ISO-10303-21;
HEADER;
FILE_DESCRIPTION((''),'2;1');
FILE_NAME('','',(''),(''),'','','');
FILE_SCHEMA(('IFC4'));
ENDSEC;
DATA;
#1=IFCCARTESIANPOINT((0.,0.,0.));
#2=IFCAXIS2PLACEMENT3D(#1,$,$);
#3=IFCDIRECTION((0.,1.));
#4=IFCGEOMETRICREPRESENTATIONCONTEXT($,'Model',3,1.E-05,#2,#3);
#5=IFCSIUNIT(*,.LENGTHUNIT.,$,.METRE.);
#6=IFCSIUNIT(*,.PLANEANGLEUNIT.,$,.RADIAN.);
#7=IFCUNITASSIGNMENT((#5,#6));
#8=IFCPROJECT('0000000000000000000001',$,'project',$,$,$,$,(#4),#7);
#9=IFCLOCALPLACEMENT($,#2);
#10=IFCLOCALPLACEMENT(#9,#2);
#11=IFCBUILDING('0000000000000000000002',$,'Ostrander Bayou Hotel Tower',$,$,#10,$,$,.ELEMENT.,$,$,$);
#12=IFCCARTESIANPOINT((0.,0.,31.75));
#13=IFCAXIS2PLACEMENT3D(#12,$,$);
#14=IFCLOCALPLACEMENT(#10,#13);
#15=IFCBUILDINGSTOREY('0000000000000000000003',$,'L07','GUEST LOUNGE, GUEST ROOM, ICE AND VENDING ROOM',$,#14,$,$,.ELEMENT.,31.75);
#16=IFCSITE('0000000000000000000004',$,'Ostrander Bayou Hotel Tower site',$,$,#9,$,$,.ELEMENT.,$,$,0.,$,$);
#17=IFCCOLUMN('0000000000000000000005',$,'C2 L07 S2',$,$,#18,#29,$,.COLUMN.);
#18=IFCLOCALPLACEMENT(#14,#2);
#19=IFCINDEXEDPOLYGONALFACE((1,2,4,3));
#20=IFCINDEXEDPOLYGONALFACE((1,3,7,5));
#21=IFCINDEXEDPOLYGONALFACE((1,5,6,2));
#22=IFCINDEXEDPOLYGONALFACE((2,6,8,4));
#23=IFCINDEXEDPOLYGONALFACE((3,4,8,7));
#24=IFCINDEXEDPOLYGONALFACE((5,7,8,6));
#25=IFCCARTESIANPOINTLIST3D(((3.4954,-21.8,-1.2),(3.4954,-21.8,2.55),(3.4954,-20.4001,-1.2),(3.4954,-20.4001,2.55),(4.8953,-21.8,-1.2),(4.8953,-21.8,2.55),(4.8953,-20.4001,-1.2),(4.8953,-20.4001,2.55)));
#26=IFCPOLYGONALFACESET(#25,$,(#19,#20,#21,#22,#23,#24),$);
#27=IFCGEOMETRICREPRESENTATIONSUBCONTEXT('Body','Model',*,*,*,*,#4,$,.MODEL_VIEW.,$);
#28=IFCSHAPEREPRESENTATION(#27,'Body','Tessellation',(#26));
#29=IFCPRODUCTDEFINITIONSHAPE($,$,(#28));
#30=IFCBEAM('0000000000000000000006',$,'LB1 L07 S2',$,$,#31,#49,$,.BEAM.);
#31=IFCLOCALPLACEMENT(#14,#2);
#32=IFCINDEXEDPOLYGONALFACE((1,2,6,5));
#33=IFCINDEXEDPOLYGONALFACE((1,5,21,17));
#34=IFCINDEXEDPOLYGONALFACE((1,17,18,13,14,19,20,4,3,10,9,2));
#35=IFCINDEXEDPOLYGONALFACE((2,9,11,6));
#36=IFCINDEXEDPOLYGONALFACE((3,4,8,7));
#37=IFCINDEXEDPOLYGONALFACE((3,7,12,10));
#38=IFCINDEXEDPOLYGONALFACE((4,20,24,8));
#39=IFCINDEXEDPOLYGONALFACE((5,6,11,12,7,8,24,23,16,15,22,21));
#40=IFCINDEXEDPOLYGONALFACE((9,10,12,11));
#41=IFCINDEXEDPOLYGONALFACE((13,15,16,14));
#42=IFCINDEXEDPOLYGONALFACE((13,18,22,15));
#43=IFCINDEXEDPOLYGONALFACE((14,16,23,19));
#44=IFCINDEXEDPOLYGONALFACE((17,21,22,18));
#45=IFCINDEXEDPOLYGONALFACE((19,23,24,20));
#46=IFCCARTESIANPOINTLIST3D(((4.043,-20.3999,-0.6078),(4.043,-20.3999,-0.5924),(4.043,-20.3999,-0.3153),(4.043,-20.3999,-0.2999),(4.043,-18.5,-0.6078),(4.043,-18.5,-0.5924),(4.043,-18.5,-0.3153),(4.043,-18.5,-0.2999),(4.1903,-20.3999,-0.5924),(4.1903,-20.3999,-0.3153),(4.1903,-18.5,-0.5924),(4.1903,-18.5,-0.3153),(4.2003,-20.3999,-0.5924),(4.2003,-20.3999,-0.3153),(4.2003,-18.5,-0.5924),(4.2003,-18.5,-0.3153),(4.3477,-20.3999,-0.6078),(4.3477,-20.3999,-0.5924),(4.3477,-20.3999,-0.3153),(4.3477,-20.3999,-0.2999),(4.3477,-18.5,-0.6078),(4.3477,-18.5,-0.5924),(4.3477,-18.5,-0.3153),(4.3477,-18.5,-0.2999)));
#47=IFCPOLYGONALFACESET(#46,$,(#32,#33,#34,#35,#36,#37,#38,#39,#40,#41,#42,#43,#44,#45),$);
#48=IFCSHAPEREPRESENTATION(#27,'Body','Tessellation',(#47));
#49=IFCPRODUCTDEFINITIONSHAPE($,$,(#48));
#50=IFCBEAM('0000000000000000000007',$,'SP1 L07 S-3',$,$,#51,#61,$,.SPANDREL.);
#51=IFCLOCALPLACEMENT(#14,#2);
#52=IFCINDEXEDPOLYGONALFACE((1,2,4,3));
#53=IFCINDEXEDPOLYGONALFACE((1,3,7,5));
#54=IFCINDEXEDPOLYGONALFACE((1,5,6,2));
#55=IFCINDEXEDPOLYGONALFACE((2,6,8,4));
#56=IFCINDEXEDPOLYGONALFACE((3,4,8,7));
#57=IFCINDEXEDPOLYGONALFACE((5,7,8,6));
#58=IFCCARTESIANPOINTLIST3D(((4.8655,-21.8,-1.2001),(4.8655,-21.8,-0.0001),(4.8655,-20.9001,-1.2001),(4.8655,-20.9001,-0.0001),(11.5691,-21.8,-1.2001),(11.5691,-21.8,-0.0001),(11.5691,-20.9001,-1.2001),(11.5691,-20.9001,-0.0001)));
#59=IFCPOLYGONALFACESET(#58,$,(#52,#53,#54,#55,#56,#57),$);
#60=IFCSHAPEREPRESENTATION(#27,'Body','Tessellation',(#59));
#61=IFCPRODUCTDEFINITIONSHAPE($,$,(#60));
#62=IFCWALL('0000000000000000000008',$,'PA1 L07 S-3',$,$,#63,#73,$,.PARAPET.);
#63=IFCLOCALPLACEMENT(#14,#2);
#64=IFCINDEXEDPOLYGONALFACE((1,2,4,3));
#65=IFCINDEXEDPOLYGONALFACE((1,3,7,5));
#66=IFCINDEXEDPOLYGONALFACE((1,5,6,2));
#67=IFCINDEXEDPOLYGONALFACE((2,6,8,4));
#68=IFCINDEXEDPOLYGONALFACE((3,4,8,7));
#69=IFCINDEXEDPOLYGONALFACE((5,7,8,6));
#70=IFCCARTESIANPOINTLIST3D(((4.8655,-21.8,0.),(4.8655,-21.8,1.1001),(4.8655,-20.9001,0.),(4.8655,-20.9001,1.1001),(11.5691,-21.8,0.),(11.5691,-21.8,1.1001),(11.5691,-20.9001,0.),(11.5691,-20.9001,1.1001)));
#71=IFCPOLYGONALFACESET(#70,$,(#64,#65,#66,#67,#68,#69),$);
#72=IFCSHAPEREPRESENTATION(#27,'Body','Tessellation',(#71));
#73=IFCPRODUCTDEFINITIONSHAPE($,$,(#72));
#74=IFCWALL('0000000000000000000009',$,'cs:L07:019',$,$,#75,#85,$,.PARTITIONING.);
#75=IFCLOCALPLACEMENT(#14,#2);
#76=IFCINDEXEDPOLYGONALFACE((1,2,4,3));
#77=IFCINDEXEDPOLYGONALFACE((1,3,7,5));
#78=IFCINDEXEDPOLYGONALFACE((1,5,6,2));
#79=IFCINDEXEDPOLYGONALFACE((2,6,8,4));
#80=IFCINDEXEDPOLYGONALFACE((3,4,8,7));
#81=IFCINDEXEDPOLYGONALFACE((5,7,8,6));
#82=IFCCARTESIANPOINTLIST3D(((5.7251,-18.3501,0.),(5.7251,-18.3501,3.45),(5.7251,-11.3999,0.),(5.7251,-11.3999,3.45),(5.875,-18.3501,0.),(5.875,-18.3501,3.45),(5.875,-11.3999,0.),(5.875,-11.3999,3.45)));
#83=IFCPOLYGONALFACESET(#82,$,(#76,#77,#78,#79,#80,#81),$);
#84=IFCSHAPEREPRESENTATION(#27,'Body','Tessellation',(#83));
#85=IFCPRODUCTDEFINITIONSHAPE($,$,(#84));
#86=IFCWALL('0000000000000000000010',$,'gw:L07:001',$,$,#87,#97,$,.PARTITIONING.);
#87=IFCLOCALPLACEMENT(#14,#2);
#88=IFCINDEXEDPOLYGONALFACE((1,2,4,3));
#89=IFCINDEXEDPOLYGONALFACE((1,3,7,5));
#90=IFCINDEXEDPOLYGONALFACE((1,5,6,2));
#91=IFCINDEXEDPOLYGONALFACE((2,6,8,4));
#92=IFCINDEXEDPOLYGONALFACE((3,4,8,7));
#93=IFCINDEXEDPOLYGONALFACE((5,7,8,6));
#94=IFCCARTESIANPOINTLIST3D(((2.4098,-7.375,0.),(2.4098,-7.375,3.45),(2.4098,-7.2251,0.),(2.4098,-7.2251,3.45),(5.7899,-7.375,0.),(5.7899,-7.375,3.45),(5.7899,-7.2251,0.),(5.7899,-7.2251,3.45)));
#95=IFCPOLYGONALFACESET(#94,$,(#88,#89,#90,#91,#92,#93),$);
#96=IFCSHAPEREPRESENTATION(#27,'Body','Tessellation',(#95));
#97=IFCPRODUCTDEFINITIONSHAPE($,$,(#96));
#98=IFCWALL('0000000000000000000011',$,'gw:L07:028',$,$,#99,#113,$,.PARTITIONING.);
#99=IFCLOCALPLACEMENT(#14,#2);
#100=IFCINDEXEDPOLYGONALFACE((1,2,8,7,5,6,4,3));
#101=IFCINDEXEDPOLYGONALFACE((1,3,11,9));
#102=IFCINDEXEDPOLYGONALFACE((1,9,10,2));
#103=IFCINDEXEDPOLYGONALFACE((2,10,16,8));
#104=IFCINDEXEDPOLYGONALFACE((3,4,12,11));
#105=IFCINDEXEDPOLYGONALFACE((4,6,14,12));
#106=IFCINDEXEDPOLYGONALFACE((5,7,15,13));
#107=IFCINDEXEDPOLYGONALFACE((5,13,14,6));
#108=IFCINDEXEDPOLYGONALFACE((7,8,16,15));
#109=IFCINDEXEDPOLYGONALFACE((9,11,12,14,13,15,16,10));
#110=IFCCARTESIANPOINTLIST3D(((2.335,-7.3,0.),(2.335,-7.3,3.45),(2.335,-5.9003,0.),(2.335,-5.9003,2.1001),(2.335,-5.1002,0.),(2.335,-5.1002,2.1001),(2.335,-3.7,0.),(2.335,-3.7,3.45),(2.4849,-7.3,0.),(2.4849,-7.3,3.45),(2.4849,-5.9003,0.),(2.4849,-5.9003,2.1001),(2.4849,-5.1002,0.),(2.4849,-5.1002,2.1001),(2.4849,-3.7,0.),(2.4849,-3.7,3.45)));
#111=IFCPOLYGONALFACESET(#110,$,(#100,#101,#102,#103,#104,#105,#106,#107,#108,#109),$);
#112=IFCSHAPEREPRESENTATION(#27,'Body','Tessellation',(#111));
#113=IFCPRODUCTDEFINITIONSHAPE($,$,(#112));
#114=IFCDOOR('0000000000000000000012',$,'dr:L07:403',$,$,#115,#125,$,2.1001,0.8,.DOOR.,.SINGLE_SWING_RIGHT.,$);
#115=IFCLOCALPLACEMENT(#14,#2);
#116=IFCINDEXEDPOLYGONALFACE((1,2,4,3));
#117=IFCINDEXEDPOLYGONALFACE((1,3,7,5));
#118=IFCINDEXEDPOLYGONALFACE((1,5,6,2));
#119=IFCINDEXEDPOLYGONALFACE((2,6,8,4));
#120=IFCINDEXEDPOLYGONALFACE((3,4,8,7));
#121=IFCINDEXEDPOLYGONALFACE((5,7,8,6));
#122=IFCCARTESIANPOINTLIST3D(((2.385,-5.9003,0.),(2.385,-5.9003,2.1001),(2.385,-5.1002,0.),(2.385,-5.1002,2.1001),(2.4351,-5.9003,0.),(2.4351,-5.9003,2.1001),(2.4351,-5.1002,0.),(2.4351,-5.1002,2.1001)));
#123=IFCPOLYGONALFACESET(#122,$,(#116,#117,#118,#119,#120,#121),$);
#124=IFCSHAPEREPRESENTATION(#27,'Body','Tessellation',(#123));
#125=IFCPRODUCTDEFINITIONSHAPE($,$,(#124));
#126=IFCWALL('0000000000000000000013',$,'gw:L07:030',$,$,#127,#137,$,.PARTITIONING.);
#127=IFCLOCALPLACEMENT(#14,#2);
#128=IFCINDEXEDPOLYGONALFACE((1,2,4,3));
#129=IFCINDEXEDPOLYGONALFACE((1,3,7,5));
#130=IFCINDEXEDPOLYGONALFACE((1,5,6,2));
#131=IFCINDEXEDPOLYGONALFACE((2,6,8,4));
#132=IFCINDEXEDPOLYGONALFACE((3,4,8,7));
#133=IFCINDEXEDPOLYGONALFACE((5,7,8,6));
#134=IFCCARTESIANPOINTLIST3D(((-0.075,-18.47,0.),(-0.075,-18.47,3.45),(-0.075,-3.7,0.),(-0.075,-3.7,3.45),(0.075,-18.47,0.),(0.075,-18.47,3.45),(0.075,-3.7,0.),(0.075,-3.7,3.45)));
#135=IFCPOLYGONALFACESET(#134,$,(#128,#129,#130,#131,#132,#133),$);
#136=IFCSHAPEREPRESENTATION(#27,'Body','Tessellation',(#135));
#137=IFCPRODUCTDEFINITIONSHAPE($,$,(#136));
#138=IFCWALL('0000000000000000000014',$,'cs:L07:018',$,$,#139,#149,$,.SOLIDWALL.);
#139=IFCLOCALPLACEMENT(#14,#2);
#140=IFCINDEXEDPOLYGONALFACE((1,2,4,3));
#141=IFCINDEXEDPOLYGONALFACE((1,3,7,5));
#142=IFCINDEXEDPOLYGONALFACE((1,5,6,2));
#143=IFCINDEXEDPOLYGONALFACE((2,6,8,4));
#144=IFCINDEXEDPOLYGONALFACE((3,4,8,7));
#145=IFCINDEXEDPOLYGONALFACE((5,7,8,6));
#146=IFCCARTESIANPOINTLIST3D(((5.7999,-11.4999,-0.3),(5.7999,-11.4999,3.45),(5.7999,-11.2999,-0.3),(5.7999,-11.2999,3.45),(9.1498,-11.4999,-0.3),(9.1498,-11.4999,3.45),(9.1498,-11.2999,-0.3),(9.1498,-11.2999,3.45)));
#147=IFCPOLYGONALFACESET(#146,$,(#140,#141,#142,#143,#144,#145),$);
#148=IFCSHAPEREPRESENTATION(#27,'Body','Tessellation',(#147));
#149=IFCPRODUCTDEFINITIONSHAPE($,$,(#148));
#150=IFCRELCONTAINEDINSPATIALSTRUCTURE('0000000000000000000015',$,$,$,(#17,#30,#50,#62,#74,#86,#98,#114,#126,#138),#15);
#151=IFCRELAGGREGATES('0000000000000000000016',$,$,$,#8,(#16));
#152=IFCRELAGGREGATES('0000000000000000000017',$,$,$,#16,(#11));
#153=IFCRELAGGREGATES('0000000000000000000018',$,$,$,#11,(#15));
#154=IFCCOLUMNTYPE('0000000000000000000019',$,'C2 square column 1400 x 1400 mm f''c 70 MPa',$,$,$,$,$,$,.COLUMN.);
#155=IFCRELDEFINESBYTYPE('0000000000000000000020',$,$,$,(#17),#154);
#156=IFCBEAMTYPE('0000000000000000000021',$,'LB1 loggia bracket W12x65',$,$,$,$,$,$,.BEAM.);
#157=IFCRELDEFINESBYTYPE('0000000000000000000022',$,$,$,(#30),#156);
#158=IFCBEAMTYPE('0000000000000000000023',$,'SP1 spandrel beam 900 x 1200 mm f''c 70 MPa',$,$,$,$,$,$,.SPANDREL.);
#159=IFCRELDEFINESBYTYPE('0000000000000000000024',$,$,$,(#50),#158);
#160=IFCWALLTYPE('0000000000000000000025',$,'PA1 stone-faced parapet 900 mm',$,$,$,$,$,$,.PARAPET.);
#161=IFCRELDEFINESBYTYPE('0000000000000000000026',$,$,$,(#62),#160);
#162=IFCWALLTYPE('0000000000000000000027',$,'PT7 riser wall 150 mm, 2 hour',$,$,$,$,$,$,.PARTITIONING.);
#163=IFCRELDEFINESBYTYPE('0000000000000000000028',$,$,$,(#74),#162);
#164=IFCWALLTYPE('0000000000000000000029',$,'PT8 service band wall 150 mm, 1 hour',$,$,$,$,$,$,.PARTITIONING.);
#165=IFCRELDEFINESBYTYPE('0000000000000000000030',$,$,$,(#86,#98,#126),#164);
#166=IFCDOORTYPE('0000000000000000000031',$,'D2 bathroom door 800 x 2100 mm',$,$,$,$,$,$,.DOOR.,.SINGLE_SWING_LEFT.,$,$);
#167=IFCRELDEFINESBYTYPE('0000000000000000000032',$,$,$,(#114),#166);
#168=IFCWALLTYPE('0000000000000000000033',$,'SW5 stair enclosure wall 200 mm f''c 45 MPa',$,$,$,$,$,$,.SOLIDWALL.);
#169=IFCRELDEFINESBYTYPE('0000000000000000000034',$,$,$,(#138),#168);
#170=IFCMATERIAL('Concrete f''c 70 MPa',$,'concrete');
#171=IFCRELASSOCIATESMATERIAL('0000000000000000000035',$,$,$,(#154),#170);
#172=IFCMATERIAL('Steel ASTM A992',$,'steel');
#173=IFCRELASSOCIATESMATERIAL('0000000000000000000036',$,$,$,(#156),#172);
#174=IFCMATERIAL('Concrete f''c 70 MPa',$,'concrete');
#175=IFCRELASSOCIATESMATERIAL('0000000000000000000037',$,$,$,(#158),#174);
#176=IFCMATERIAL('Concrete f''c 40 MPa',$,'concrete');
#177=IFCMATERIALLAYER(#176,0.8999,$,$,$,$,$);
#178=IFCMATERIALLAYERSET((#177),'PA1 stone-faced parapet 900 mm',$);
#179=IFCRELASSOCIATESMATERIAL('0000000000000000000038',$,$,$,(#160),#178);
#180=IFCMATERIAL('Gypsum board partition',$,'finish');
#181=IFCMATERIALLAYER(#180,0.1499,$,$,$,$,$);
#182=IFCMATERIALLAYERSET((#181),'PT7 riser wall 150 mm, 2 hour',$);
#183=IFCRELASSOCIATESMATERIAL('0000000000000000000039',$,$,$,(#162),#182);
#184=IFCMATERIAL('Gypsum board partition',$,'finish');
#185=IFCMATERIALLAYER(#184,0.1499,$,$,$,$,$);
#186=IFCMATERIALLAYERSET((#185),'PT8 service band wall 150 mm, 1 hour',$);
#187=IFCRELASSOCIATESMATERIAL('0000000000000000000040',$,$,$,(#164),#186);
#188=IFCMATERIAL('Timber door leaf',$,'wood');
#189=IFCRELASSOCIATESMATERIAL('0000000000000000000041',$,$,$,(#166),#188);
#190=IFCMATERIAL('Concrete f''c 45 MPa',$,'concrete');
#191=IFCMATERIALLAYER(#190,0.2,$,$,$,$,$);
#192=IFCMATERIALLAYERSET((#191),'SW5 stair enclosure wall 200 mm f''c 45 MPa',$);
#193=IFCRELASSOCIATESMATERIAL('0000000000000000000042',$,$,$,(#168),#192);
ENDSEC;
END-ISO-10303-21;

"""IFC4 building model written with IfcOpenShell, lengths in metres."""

from ifc_helpers import new_model, si_unit, direction, frame, frame_2d, origin, origin_2d, place, context, subcontext, project, spatial, rectangle, i_section, extrude, material, layer, layer_set, material_profile, profile_set, type_object, element, fill, save


model = new_model("IFC4")

# Units and contexts
model_context = context("Model", 3, precision=1e-05, world=origin(), true_north=direction((0.0, 1.0)))
body_context = subcontext(model_context, "Body", "Model", "MODEL_VIEW")
ifc_project = project(units=[si_unit("LENGTHUNIT", "METRE"), si_unit("PLANEANGLEUNIT", "RADIAN")], contexts=[model_context])

# Site, building, storey
site_placement = place(None, origin())
site = spatial("IfcSite", under=ifc_project, at=site_placement, Name="Ostrander Bayou Hotel Tower site", CompositionType="ELEMENT", RefElevation=0.0)
building_placement = place(site_placement, origin())
building = spatial("IfcBuilding", under=site, at=building_placement, Name="Ostrander Bayou Hotel Tower", CompositionType="ELEMENT")
storey_placement = place(building_placement, frame((0.0, 0.0, 31.75)))
storey = spatial("IfcBuildingStorey", under=building, at=storey_placement, Name="L07", Description="GUEST LOUNGE, GUEST ROOM, ICE AND VENDING ROOM", CompositionType="ELEMENT", Elevation=31.75)

# Column
ifc_material_1 = material(Name="Concrete f'c 70 MPa", Category="concrete")
ifc_material_profile_1 = material_profile(ifc_material_1, rectangle(XDim=1.3999, YDim=1.3999, at=origin_2d()))
ifc_profile_set_1 = profile_set([ifc_material_profile_1], Name="Concrete f'c 70 MPa")
column_type = type_object("IfcColumnType", Name="C2 square column 1400 x 1400 mm f'c 70 MPa", PredefinedType="COLUMN", material=ifc_profile_set_1)
column_placement = place(storey_placement, frame((4.1953, -21.1001, -1.2), z_axis=(0.0, 0.0, 1.0), x_axis=(-1.0, 0.0, 0.0)))
element("IfcColumn", 1, at=column_placement, inside=storey, type_object=column_type, Name="C2 L07 S2", PredefinedType="COLUMN", context=body_context, shape_type="SweptSolid", body=[
    extrude(rectangle(XDim=1.3999, YDim=1.3999, at=origin_2d()), origin(), (0.0, 0.0, 1.0), 3.75),
])

# Beams
ifc_material_2 = material(Name="Steel ASTM A992", Category="steel")
ifc_material_profile_2 = material_profile(ifc_material_2, i_section(OverallWidth=0.3047, OverallDepth=0.3079, WebThickness=0.01, FlangeThickness=0.0154, at=origin_2d()))
ifc_profile_set_2 = profile_set([ifc_material_profile_2], Name="Steel ASTM A992")
beam_type_1 = type_object("IfcBeamType", Name="LB1 loggia bracket W12x65", PredefinedType="BEAM", material=ifc_profile_set_2)
beam_1_placement = place(storey_placement, frame((4.1953, -20.3999, -0.4539), z_axis=(0.0, 1.0, 0.0), x_axis=(-1.0, 0.0, 0.0)))
element("IfcBeam", 2, at=beam_1_placement, inside=storey, type_object=beam_type_1, Name="LB1 L07 S2", PredefinedType="BEAM", context=body_context, shape_type="SweptSolid", body=[
    extrude(i_section(OverallWidth=0.3047, OverallDepth=0.3079, WebThickness=0.01, FlangeThickness=0.0154, at=origin_2d()), origin(), (0.0, 0.0, 1.0), 1.8999),
])
ifc_material_3 = material(Name="Concrete f'c 70 MPa", Category="concrete")
ifc_material_profile_3 = material_profile(ifc_material_3, rectangle(XDim=0.8999, YDim=1.2, at=origin_2d()))
ifc_profile_set_3 = profile_set([ifc_material_profile_3], Name="Concrete f'c 70 MPa")
beam_type_2 = type_object("IfcBeamType", Name="SP1 spandrel beam 900 x 1200 mm f'c 70 MPa", PredefinedType="SPANDREL", material=ifc_profile_set_3)
beam_2_placement = place(storey_placement, frame((4.8655, -21.3501, -0.6001), z_axis=(1.0, 0.0, 0.0), x_axis=(0.0, 1.0, 0.0)))
element("IfcBeam", 3, at=beam_2_placement, inside=storey, type_object=beam_type_2, Name="SP1 L07 S-3", PredefinedType="SPANDREL", context=body_context, shape_type="SweptSolid", body=[
    extrude(rectangle(XDim=0.8999, YDim=1.2, at=origin_2d()), origin(), (0.0, 0.0, 1.0), 6.7036),
])

# Walls
ifc_material_4 = material(Name="Concrete f'c 40 MPa", Category="concrete")
ifc_layer_1 = layer(ifc_material_4, 0.8999)
ifc_layer_set_1 = layer_set([ifc_layer_1], Name="PA1 stone-faced parapet 900 mm")
wall_type_1 = type_object("IfcWallType", Name="PA1 stone-faced parapet 900 mm", PredefinedType="PARAPET", material=ifc_layer_set_1)
wall_1_placement = place(storey_placement, frame((4.8655, -21.3501, 0.0), z_axis=(0.0, 0.0, 1.0), x_axis=(1.0, 0.0, 0.0)))
element("IfcWall", 4, at=wall_1_placement, inside=storey, type_object=wall_type_1, Name="PA1 L07 S-3", PredefinedType="PARAPET", context=body_context, shape_type="SweptSolid", body=[
    extrude(rectangle(XDim=6.7036, YDim=0.8999, at=frame_2d((3.3518, 0.0))), origin(), (0.0, 0.0, 1.0), 1.1001),
])
ifc_material_5 = material(Name="Gypsum board partition", Category="finish")
ifc_layer_2 = layer(ifc_material_5, 0.1499)
ifc_layer_set_2 = layer_set([ifc_layer_2], Name="PT7 riser wall 150 mm, 2 hour")
wall_type_2 = type_object("IfcWallType", Name="PT7 riser wall 150 mm, 2 hour", PredefinedType="PARTITIONING", material=ifc_layer_set_2)
wall_2_placement = place(storey_placement, frame((5.8, -11.3999, 0.0), z_axis=(0.0, 0.0, 1.0), x_axis=(0.0, -1.0, 0.0)))
element("IfcWall", 5, at=wall_2_placement, inside=storey, type_object=wall_type_2, Name="cs:L07:019", PredefinedType="PARTITIONING", context=body_context, shape_type="SweptSolid", body=[
    extrude(rectangle(XDim=6.9502, YDim=0.1499, at=frame_2d((3.4751, 0.0))), origin(), (0.0, 0.0, 1.0), 3.45),
])
ifc_material_6 = material(Name="Gypsum board partition", Category="finish")
ifc_layer_3 = layer(ifc_material_6, 0.1499)
ifc_layer_set_3 = layer_set([ifc_layer_3], Name="PT8 service band wall 150 mm, 1 hour")
wall_type_3 = type_object("IfcWallType", Name="PT8 service band wall 150 mm, 1 hour", PredefinedType="PARTITIONING", material=ifc_layer_set_3)
wall_3_placement = place(storey_placement, frame((2.4099, -7.3, 0.0), z_axis=(0.0, 0.0, 1.0), x_axis=(1.0, 0.0, 0.0)))
element("IfcWall", 6, at=wall_3_placement, inside=storey, type_object=wall_type_3, Name="gw:L07:001", PredefinedType="PARTITIONING", context=body_context, shape_type="SweptSolid", body=[
    extrude(rectangle(XDim=3.3801, YDim=0.1499, at=frame_2d((1.6899, 0.0))), origin(), (0.0, 0.0, 1.0), 3.45),
])

# Wall, opening, door
wall_4_placement = place(storey_placement, frame((2.4099, -7.3, 0.0), z_axis=(0.0, 0.0, 1.0), x_axis=(0.0, 1.0, 0.0)))
wall_4 = element("IfcWall", 7, at=wall_4_placement, inside=storey, type_object=wall_type_3, Name="gw:L07:028", PredefinedType="PARTITIONING", context=body_context, shape_type="SweptSolid", body=[
    extrude(rectangle(XDim=3.6001, YDim=0.1499, at=frame_2d((1.8, 0.0))), origin(), (0.0, 0.0, 1.0), 3.45),
])
opening_placement = place(wall_4_placement, frame((1.3999, 0.0, 0.0)))
opening = element("IfcOpeningElement", 8, at=opening_placement, cuts=wall_4, PredefinedType="OPENING", context=body_context, shape_type="SweptSolid", body=[
    extrude(rectangle(XDim=0.8, YDim=2.1001, at=frame_2d((0.3999, 1.05))), frame((0.0, 0.075, 0.0), z_axis=(0.0, -1.0, 0.0), x_axis=(1.0, 0.0, 0.0)), (0.0, 0.0, 1.0), 0.1499),
])
ifc_material_7 = material(Name="Timber door leaf", Category="wood")
door_type = type_object("IfcDoorType", Name="D2 bathroom door 800 x 2100 mm", OperationType="SINGLE_SWING_LEFT", PredefinedType="DOOR", material=ifc_material_7)
door_placement = place(opening_placement, origin())
door = element("IfcDoor", 9, at=door_placement, inside=storey, type_object=door_type, Name="dr:L07:403", OperationType="SINGLE_SWING_RIGHT", OverallHeight=2.1001, OverallWidth=0.8, PredefinedType="DOOR", context=body_context, shape_type="SweptSolid", body=[
    extrude(rectangle(XDim=0.8, YDim=2.1001, at=frame_2d((0.3999, 1.05))), frame((0.0, 0.0249, 0.0), z_axis=(0.0, -1.0, 0.0), x_axis=(1.0, 0.0, 0.0)), (0.0, 0.0, 1.0), 0.05),
])
fill(opening, door)

# Walls
wall_5_placement = place(storey_placement, frame((0.0, -18.47, 0.0), z_axis=(0.0, 0.0, 1.0), x_axis=(0.0, 1.0, 0.0)))
element("IfcWall", 10, at=wall_5_placement, inside=storey, type_object=wall_type_3, Name="gw:L07:030", PredefinedType="PARTITIONING", context=body_context, shape_type="SweptSolid", body=[
    extrude(rectangle(XDim=14.77, YDim=0.1499, at=frame_2d((7.385, 0.0))), origin(), (0.0, 0.0, 1.0), 3.45),
])
ifc_material_8 = material(Name="Concrete f'c 45 MPa", Category="concrete")
ifc_layer_4 = layer(ifc_material_8, 0.2)
ifc_layer_set_4 = layer_set([ifc_layer_4], Name="SW5 stair enclosure wall 200 mm f'c 45 MPa")
wall_type_4 = type_object("IfcWallType", Name="SW5 stair enclosure wall 200 mm f'c 45 MPa", PredefinedType="SOLIDWALL", material=ifc_layer_set_4)
wall_6_placement = place(storey_placement, frame((5.8, -11.3999, -0.3), z_axis=(0.0, 0.0, 1.0), x_axis=(1.0, 0.0, 0.0)))
element("IfcWall", 11, at=wall_6_placement, inside=storey, type_object=wall_type_4, Name="cs:L07:018", PredefinedType="SOLIDWALL", context=body_context, shape_type="SweptSolid", body=[
    extrude(rectangle(XDim=3.3499, YDim=0.2, at=frame_2d((1.6748, 0.0))), origin(), (0.0, 0.0, 1.0), 3.75),
])

save(model, "model.ifc")
